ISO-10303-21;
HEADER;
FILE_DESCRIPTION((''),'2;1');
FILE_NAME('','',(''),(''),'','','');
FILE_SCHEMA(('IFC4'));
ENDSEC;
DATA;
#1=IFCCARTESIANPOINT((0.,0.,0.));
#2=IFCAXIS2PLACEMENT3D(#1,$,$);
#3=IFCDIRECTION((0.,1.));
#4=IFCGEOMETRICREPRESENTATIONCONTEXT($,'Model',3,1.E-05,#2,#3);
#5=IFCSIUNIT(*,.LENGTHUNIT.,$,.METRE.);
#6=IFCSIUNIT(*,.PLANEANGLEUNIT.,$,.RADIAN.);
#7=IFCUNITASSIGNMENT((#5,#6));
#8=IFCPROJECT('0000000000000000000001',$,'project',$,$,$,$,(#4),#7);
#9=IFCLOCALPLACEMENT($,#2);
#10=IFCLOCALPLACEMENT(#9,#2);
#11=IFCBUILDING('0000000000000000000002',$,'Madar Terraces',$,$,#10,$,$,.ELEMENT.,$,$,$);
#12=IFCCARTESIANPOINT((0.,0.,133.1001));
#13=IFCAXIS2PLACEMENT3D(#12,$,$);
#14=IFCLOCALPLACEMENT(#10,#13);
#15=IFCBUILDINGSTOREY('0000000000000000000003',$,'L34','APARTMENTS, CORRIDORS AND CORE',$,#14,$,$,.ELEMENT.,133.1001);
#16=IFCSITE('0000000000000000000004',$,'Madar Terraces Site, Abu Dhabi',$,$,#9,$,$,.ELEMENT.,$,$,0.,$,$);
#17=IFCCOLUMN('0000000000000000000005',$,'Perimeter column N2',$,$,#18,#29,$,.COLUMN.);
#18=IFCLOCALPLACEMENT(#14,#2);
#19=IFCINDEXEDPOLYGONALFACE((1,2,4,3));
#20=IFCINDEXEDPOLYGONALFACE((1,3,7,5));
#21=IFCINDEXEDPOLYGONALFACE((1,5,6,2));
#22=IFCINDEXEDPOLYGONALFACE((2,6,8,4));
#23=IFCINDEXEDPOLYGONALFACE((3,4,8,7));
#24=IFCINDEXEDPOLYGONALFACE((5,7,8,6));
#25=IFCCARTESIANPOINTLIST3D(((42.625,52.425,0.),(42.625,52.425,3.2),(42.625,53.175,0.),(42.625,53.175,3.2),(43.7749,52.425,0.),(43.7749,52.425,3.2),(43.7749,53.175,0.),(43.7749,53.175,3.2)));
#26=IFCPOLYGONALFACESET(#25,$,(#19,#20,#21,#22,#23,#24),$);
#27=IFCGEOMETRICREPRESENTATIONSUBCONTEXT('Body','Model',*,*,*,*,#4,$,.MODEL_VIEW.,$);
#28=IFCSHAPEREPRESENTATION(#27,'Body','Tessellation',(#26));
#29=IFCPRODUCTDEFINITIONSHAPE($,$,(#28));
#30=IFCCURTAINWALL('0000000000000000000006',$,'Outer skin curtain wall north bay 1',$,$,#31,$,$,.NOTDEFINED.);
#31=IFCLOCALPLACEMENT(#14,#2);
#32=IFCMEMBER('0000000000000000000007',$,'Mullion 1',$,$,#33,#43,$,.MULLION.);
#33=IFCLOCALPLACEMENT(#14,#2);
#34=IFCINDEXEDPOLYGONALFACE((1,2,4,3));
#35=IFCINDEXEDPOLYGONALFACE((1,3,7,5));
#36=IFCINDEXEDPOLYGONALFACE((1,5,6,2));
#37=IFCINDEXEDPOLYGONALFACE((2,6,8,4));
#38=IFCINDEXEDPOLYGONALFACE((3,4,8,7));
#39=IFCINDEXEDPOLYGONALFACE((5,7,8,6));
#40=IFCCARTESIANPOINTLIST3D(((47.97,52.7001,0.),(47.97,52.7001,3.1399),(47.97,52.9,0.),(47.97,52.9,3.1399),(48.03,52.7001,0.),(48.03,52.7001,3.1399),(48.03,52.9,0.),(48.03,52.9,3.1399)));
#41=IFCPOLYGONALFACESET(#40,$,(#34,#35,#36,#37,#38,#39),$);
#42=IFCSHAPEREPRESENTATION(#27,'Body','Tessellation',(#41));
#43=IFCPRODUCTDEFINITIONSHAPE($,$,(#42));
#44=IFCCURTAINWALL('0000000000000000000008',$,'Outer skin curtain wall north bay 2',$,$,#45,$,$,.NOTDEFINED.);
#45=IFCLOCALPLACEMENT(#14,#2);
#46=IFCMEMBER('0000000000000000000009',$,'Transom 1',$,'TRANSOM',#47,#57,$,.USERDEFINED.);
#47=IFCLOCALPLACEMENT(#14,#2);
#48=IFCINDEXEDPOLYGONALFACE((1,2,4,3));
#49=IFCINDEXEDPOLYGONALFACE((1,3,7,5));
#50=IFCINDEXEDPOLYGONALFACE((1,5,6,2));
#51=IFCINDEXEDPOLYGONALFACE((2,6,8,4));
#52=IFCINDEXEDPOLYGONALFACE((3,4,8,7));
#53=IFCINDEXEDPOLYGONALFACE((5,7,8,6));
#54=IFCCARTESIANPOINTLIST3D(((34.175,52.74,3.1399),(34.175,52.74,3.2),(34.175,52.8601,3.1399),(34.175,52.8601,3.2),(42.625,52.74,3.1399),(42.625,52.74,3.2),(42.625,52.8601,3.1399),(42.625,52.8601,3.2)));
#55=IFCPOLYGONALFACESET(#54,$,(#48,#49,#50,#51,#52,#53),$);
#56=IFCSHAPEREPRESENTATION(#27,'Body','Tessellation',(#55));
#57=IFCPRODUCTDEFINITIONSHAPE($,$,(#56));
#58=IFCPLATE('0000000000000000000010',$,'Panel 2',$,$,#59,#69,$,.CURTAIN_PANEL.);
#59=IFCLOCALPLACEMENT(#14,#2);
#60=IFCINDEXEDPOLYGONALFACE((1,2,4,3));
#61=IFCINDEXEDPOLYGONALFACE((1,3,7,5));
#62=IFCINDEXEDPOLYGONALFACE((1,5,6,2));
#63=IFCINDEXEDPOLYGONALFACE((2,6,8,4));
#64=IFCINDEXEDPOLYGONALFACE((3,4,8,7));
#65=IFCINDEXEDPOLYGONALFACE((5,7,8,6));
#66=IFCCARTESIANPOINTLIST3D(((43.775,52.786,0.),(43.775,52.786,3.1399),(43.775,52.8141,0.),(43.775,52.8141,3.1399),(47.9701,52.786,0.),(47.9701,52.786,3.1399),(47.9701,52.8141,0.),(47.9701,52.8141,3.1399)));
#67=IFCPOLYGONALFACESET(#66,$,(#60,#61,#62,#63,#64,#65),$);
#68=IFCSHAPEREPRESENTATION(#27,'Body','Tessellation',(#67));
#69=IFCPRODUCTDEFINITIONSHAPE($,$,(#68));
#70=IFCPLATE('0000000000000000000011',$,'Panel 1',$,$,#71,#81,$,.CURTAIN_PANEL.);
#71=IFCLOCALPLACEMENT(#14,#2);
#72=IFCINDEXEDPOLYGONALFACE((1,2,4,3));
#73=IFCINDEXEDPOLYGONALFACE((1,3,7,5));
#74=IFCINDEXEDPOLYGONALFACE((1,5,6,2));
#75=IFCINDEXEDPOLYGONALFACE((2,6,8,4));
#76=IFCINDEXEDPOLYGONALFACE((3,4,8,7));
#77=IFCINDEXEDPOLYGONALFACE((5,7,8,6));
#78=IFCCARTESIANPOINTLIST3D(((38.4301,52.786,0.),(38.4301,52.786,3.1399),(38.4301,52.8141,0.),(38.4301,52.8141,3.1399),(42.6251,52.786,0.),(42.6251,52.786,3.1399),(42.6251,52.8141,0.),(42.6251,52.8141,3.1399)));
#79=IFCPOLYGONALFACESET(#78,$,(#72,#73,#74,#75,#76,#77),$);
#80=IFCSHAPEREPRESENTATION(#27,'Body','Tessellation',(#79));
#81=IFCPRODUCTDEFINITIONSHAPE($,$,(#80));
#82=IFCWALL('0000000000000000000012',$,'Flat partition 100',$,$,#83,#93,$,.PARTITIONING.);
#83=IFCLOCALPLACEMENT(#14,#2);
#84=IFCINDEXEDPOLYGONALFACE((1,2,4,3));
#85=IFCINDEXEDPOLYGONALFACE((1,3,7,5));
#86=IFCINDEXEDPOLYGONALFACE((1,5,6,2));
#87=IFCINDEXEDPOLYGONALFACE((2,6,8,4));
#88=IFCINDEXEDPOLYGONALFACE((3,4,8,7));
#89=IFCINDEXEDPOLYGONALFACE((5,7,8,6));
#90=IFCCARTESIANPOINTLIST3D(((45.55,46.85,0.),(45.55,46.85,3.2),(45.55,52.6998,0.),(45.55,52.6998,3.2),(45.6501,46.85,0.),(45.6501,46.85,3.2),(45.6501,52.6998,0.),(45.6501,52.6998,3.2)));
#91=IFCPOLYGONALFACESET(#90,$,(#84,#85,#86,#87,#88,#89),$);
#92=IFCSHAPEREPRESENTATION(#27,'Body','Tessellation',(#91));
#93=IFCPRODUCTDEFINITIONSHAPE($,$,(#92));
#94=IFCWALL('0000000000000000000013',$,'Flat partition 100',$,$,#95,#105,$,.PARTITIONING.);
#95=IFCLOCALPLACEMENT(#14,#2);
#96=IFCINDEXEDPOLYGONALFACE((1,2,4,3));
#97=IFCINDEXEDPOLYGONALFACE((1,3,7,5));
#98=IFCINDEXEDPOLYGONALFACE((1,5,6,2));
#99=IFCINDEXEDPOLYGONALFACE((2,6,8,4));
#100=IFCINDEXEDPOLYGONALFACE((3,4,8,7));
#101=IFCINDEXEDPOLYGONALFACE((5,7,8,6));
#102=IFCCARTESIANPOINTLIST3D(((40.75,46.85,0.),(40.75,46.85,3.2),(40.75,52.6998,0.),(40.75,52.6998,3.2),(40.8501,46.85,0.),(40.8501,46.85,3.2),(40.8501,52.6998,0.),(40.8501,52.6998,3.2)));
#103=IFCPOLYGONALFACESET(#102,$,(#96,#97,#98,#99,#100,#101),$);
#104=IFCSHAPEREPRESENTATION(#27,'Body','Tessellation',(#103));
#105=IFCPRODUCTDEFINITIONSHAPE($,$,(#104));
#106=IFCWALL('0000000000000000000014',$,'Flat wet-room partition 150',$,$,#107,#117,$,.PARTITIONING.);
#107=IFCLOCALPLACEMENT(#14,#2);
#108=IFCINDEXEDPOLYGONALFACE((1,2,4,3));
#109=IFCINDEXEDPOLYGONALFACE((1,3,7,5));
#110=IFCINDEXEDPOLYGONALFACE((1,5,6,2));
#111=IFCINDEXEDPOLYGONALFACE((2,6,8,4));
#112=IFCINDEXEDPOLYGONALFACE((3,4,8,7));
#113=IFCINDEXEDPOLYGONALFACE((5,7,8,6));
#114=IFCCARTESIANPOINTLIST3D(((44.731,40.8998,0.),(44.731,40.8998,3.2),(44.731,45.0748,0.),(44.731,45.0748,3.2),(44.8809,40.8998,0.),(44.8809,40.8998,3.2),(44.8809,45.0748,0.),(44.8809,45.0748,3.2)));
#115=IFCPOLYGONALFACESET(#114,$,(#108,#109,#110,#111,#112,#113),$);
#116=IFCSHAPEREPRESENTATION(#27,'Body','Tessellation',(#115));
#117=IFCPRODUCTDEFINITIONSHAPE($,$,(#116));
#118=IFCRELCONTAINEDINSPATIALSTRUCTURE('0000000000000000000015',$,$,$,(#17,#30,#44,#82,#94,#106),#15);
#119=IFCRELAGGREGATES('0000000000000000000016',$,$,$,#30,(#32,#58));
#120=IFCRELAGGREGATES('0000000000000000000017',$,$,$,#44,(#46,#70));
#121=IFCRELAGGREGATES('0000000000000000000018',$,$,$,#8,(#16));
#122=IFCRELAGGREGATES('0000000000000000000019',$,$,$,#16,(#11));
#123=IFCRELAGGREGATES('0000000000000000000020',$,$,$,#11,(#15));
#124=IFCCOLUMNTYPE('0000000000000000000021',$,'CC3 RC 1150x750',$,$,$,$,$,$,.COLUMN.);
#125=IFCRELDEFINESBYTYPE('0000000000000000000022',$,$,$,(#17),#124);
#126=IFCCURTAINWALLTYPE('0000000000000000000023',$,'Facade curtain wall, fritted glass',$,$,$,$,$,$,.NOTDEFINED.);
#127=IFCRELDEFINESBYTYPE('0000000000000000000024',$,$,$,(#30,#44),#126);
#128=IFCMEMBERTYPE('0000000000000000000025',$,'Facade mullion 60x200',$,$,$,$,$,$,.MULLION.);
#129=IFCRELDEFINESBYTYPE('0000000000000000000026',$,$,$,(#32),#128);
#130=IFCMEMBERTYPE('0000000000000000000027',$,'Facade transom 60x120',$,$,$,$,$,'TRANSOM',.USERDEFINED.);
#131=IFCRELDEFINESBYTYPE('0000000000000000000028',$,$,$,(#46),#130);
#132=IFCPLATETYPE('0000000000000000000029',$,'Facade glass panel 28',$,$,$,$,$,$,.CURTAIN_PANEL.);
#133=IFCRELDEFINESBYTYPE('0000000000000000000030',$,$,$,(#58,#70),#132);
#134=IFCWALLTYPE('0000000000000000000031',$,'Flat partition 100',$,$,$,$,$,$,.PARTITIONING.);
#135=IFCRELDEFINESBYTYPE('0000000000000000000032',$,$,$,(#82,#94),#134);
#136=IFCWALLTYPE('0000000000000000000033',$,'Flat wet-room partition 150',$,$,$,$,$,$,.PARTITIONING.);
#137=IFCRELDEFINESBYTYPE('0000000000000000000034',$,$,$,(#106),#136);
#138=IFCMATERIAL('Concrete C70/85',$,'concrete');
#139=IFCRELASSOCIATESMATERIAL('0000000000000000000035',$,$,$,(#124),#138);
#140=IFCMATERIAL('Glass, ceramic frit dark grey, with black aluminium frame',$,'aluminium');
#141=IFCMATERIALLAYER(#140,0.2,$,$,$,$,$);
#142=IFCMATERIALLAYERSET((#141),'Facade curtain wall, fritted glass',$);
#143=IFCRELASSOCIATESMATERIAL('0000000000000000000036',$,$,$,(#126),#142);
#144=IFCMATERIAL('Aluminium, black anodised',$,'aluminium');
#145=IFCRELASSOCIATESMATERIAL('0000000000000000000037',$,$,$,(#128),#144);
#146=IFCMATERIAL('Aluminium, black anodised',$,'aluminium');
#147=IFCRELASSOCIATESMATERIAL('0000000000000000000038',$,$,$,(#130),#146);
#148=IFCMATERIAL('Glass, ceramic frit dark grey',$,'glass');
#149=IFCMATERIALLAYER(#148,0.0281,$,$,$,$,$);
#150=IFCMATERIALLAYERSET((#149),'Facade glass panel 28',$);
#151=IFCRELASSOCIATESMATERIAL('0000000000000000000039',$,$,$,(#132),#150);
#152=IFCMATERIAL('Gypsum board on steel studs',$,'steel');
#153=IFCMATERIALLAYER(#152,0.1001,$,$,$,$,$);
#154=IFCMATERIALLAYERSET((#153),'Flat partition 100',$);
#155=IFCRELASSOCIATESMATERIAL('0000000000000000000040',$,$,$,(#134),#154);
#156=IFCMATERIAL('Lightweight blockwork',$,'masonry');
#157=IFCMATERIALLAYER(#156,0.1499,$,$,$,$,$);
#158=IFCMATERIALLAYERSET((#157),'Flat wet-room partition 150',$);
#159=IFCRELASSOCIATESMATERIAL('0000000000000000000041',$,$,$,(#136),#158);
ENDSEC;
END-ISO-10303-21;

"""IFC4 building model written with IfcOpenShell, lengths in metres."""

from ifc_helpers import new_model, si_unit, direction, frame, frame_2d, origin, origin_2d, place, context, subcontext, project, spatial, rectangle, extrude, material, layer, layer_set, material_profile, profile_set, type_object, element, aggregate, save


model = new_model("IFC4")

# Units and contexts
model_context = context("Model", 3, precision=1e-05, world=origin(), true_north=direction((0.0, 1.0)))
body_context = subcontext(model_context, "Body", "Model", "MODEL_VIEW")
ifc_project = project(units=[si_unit("LENGTHUNIT", "METRE"), si_unit("PLANEANGLEUNIT", "RADIAN")], contexts=[model_context])

# Site, building, storey
site_placement = place(None, origin())
site = spatial("IfcSite", under=ifc_project, at=site_placement, Name="Madar Terraces Site, Abu Dhabi", CompositionType="ELEMENT", RefElevation=0.0)
building_placement = place(site_placement, origin())
building = spatial("IfcBuilding", under=site, at=building_placement, Name="Madar Terraces", CompositionType="ELEMENT")
storey_placement = place(building_placement, frame((0.0, 0.0, 133.1001)))
storey = spatial("IfcBuildingStorey", under=building, at=storey_placement, Name="L34", Description="APARTMENTS, CORRIDORS AND CORE", CompositionType="ELEMENT", Elevation=133.1001)

# Column
ifc_material_1 = material(Name="Concrete C70/85", Category="concrete")
ifc_material_profile_1 = material_profile(ifc_material_1, rectangle(XDim=1.1499, YDim=0.75, at=origin_2d()), Name="CC3 RC 1150x750")
ifc_profile_set_1 = profile_set([ifc_material_profile_1], Name="Concrete C70/85")
column_type = type_object("IfcColumnType", Name="CC3 RC 1150x750", PredefinedType="COLUMN", material=ifc_profile_set_1)
column_placement = place(storey_placement, frame((43.2, 52.8, 0.0), z_axis=(0.0, 0.0, 1.0), x_axis=(1.0, 0.0, 0.0)))
element("IfcColumn", 1, at=column_placement, inside=storey, type_object=column_type, Name="Perimeter column N2", PredefinedType="COLUMN", context=body_context, shape_type="SweptSolid", body=[
    extrude(rectangle(XDim=1.1499, YDim=0.75, at=origin_2d()), origin(), (0.0, 0.0, 1.0), 3.2),
])

# Curtain walls, members
ifc_material_2 = material(Name="Glass, ceramic frit dark grey, with black aluminium frame", Category="aluminium")
ifc_layer_1 = layer(ifc_material_2, 0.2)
ifc_layer_set_1 = layer_set([ifc_layer_1], Name="Facade curtain wall, fritted glass")
curtain_wall_type = type_object("IfcCurtainWallType", Name="Facade curtain wall, fritted glass", PredefinedType="NOTDEFINED", material=ifc_layer_set_1)
curtain_wall_1_placement = place(storey_placement, origin())
curtain_wall_1 = element("IfcCurtainWall", 2, at=curtain_wall_1_placement, inside=storey, type_object=curtain_wall_type, Name="Outer skin curtain wall north bay 1", PredefinedType="NOTDEFINED")
ifc_material_3 = material(Name="Aluminium, black anodised", Category="aluminium")
ifc_material_profile_2 = material_profile(ifc_material_3, rectangle(XDim=0.2, YDim=0.0601, at=origin_2d()), Name="Facade mullion 60x200")
ifc_profile_set_2 = profile_set([ifc_material_profile_2], Name="Aluminium, black anodised")
member_type_1 = type_object("IfcMemberType", Name="Facade mullion 60x200", PredefinedType="MULLION", material=ifc_profile_set_2)
member_1_placement = place(storey_placement, frame((48.0, 52.8, 0.0), z_axis=(0.0, 0.0, 1.0), x_axis=(0.0, -1.0, 0.0)))
member_1 = element("IfcMember", 3, at=member_1_placement, type_object=member_type_1, Name="Mullion 1", PredefinedType="MULLION", context=body_context, shape_type="SweptSolid", body=[
    extrude(rectangle(XDim=0.2, YDim=0.0601, at=origin_2d()), origin(), (0.0, 0.0, 1.0), 3.1399),
])
curtain_wall_2_placement = place(storey_placement, origin())
curtain_wall_2 = element("IfcCurtainWall", 4, at=curtain_wall_2_placement, inside=storey, type_object=curtain_wall_type, Name="Outer skin curtain wall north bay 2", PredefinedType="NOTDEFINED")
ifc_material_4 = material(Name="Aluminium, black anodised", Category="aluminium")
ifc_material_profile_3 = material_profile(ifc_material_4, rectangle(XDim=0.1201, YDim=0.0601, at=origin_2d()), Name="Facade transom 60x120")
ifc_profile_set_3 = profile_set([ifc_material_profile_3], Name="Aluminium, black anodised")
member_type_2 = type_object("IfcMemberType", Name="Facade transom 60x120", ElementType="TRANSOM", PredefinedType="USERDEFINED", material=ifc_profile_set_3)
member_2_placement = place(storey_placement, frame((42.625, 52.8, 3.1699), z_axis=(-1.0, 0.0, 0.0), x_axis=(0.0, -1.0, 0.0)))
member_2 = element("IfcMember", 5, at=member_2_placement, type_object=member_type_2, Name="Transom 1", ObjectType="TRANSOM", PredefinedType="USERDEFINED", context=body_context, shape_type="SweptSolid", body=[
    extrude(rectangle(XDim=0.1201, YDim=0.0601, at=origin_2d()), origin(), (0.0, 0.0, 1.0), 8.45),
])

# Plates
ifc_material_5 = material(Name="Glass, ceramic frit dark grey", Category="glass")
ifc_layer_2 = layer(ifc_material_5, 0.0281)
ifc_layer_set_2 = layer_set([ifc_layer_2], Name="Facade glass panel 28")
plate_type = type_object("IfcPlateType", Name="Facade glass panel 28", PredefinedType="CURTAIN_PANEL", material=ifc_layer_set_2)
plate_1_placement = place(storey_placement, frame((45.8726, 52.8, 0.0), z_axis=(0.0, 0.0, 1.0), x_axis=(-1.0, 0.0, 0.0)))
plate_1 = element("IfcPlate", 6, at=plate_1_placement, type_object=plate_type, Name="Panel 2", PredefinedType="CURTAIN_PANEL", context=body_context, shape_type="SweptSolid", body=[
    extrude(rectangle(XDim=4.1951, YDim=0.0281, at=origin_2d()), origin(), (0.0, 0.0, 1.0), 3.1399),
])
aggregate(curtain_wall_1, [member_1, plate_1])
plate_2_placement = place(storey_placement, frame((40.5276, 52.8, 0.0), z_axis=(0.0, 0.0, 1.0), x_axis=(-1.0, 0.0, 0.0)))
plate_2 = element("IfcPlate", 7, at=plate_2_placement, type_object=plate_type, Name="Panel 1", PredefinedType="CURTAIN_PANEL", context=body_context, shape_type="SweptSolid", body=[
    extrude(rectangle(XDim=4.1951, YDim=0.0281, at=origin_2d()), origin(), (0.0, 0.0, 1.0), 3.1399),
])
aggregate(curtain_wall_2, [member_2, plate_2])

# Walls
ifc_material_6 = material(Name="Gypsum board on steel studs", Category="steel")
ifc_layer_3 = layer(ifc_material_6, 0.1001)
ifc_layer_set_3 = layer_set([ifc_layer_3], Name="Flat partition 100")
wall_type_1 = type_object("IfcWallType", Name="Flat partition 100", PredefinedType="PARTITIONING", material=ifc_layer_set_3)
for number, where, z_axis, x_axis, name in (
    (8, (45.6001, 46.8501, 0.0), (0.0, 0.0, 1.0), (0.0, 1.0, 0.0), "Flat partition 100"),
    (9, (40.8, 46.8501, 0.0), (0.0, 0.0, 1.0), (0.0, 1.0, 0.0), "Flat partition 100"),
):
    element("IfcWall", number, at=place(storey_placement, frame(where, z_axis=z_axis, x_axis=x_axis)), inside=storey, type_object=wall_type_1, Name=name, PredefinedType="PARTITIONING", context=body_context, shape_type="SweptSolid", body=[
        extrude(rectangle(XDim=5.8499, YDim=0.1001, at=frame_2d((2.9248, 0.0))), origin(), (0.0, 0.0, 1.0), 3.2),
    ])
ifc_material_7 = material(Name="Lightweight blockwork", Category="masonry")
ifc_layer_4 = layer(ifc_material_7, 0.1499)
ifc_layer_set_4 = layer_set([ifc_layer_4], Name="Flat wet-room partition 150")
wall_type_2 = type_object("IfcWallType", Name="Flat wet-room partition 150", PredefinedType="PARTITIONING", material=ifc_layer_set_4)
wall_1_placement = place(storey_placement, frame((44.8059, 40.8999, 0.0), z_axis=(0.0, 0.0, 1.0), x_axis=(0.0, 1.0, 0.0)))
element("IfcWall", 10, at=wall_1_placement, inside=storey, type_object=wall_type_2, Name="Flat wet-room partition 150", PredefinedType="PARTITIONING", context=body_context, shape_type="SweptSolid", body=[
    extrude(rectangle(XDim=4.175, YDim=0.1499, at=frame_2d((2.0874, 0.0))), origin(), (0.0, 0.0, 1.0), 3.2),
])

save(model, "model.ifc")
